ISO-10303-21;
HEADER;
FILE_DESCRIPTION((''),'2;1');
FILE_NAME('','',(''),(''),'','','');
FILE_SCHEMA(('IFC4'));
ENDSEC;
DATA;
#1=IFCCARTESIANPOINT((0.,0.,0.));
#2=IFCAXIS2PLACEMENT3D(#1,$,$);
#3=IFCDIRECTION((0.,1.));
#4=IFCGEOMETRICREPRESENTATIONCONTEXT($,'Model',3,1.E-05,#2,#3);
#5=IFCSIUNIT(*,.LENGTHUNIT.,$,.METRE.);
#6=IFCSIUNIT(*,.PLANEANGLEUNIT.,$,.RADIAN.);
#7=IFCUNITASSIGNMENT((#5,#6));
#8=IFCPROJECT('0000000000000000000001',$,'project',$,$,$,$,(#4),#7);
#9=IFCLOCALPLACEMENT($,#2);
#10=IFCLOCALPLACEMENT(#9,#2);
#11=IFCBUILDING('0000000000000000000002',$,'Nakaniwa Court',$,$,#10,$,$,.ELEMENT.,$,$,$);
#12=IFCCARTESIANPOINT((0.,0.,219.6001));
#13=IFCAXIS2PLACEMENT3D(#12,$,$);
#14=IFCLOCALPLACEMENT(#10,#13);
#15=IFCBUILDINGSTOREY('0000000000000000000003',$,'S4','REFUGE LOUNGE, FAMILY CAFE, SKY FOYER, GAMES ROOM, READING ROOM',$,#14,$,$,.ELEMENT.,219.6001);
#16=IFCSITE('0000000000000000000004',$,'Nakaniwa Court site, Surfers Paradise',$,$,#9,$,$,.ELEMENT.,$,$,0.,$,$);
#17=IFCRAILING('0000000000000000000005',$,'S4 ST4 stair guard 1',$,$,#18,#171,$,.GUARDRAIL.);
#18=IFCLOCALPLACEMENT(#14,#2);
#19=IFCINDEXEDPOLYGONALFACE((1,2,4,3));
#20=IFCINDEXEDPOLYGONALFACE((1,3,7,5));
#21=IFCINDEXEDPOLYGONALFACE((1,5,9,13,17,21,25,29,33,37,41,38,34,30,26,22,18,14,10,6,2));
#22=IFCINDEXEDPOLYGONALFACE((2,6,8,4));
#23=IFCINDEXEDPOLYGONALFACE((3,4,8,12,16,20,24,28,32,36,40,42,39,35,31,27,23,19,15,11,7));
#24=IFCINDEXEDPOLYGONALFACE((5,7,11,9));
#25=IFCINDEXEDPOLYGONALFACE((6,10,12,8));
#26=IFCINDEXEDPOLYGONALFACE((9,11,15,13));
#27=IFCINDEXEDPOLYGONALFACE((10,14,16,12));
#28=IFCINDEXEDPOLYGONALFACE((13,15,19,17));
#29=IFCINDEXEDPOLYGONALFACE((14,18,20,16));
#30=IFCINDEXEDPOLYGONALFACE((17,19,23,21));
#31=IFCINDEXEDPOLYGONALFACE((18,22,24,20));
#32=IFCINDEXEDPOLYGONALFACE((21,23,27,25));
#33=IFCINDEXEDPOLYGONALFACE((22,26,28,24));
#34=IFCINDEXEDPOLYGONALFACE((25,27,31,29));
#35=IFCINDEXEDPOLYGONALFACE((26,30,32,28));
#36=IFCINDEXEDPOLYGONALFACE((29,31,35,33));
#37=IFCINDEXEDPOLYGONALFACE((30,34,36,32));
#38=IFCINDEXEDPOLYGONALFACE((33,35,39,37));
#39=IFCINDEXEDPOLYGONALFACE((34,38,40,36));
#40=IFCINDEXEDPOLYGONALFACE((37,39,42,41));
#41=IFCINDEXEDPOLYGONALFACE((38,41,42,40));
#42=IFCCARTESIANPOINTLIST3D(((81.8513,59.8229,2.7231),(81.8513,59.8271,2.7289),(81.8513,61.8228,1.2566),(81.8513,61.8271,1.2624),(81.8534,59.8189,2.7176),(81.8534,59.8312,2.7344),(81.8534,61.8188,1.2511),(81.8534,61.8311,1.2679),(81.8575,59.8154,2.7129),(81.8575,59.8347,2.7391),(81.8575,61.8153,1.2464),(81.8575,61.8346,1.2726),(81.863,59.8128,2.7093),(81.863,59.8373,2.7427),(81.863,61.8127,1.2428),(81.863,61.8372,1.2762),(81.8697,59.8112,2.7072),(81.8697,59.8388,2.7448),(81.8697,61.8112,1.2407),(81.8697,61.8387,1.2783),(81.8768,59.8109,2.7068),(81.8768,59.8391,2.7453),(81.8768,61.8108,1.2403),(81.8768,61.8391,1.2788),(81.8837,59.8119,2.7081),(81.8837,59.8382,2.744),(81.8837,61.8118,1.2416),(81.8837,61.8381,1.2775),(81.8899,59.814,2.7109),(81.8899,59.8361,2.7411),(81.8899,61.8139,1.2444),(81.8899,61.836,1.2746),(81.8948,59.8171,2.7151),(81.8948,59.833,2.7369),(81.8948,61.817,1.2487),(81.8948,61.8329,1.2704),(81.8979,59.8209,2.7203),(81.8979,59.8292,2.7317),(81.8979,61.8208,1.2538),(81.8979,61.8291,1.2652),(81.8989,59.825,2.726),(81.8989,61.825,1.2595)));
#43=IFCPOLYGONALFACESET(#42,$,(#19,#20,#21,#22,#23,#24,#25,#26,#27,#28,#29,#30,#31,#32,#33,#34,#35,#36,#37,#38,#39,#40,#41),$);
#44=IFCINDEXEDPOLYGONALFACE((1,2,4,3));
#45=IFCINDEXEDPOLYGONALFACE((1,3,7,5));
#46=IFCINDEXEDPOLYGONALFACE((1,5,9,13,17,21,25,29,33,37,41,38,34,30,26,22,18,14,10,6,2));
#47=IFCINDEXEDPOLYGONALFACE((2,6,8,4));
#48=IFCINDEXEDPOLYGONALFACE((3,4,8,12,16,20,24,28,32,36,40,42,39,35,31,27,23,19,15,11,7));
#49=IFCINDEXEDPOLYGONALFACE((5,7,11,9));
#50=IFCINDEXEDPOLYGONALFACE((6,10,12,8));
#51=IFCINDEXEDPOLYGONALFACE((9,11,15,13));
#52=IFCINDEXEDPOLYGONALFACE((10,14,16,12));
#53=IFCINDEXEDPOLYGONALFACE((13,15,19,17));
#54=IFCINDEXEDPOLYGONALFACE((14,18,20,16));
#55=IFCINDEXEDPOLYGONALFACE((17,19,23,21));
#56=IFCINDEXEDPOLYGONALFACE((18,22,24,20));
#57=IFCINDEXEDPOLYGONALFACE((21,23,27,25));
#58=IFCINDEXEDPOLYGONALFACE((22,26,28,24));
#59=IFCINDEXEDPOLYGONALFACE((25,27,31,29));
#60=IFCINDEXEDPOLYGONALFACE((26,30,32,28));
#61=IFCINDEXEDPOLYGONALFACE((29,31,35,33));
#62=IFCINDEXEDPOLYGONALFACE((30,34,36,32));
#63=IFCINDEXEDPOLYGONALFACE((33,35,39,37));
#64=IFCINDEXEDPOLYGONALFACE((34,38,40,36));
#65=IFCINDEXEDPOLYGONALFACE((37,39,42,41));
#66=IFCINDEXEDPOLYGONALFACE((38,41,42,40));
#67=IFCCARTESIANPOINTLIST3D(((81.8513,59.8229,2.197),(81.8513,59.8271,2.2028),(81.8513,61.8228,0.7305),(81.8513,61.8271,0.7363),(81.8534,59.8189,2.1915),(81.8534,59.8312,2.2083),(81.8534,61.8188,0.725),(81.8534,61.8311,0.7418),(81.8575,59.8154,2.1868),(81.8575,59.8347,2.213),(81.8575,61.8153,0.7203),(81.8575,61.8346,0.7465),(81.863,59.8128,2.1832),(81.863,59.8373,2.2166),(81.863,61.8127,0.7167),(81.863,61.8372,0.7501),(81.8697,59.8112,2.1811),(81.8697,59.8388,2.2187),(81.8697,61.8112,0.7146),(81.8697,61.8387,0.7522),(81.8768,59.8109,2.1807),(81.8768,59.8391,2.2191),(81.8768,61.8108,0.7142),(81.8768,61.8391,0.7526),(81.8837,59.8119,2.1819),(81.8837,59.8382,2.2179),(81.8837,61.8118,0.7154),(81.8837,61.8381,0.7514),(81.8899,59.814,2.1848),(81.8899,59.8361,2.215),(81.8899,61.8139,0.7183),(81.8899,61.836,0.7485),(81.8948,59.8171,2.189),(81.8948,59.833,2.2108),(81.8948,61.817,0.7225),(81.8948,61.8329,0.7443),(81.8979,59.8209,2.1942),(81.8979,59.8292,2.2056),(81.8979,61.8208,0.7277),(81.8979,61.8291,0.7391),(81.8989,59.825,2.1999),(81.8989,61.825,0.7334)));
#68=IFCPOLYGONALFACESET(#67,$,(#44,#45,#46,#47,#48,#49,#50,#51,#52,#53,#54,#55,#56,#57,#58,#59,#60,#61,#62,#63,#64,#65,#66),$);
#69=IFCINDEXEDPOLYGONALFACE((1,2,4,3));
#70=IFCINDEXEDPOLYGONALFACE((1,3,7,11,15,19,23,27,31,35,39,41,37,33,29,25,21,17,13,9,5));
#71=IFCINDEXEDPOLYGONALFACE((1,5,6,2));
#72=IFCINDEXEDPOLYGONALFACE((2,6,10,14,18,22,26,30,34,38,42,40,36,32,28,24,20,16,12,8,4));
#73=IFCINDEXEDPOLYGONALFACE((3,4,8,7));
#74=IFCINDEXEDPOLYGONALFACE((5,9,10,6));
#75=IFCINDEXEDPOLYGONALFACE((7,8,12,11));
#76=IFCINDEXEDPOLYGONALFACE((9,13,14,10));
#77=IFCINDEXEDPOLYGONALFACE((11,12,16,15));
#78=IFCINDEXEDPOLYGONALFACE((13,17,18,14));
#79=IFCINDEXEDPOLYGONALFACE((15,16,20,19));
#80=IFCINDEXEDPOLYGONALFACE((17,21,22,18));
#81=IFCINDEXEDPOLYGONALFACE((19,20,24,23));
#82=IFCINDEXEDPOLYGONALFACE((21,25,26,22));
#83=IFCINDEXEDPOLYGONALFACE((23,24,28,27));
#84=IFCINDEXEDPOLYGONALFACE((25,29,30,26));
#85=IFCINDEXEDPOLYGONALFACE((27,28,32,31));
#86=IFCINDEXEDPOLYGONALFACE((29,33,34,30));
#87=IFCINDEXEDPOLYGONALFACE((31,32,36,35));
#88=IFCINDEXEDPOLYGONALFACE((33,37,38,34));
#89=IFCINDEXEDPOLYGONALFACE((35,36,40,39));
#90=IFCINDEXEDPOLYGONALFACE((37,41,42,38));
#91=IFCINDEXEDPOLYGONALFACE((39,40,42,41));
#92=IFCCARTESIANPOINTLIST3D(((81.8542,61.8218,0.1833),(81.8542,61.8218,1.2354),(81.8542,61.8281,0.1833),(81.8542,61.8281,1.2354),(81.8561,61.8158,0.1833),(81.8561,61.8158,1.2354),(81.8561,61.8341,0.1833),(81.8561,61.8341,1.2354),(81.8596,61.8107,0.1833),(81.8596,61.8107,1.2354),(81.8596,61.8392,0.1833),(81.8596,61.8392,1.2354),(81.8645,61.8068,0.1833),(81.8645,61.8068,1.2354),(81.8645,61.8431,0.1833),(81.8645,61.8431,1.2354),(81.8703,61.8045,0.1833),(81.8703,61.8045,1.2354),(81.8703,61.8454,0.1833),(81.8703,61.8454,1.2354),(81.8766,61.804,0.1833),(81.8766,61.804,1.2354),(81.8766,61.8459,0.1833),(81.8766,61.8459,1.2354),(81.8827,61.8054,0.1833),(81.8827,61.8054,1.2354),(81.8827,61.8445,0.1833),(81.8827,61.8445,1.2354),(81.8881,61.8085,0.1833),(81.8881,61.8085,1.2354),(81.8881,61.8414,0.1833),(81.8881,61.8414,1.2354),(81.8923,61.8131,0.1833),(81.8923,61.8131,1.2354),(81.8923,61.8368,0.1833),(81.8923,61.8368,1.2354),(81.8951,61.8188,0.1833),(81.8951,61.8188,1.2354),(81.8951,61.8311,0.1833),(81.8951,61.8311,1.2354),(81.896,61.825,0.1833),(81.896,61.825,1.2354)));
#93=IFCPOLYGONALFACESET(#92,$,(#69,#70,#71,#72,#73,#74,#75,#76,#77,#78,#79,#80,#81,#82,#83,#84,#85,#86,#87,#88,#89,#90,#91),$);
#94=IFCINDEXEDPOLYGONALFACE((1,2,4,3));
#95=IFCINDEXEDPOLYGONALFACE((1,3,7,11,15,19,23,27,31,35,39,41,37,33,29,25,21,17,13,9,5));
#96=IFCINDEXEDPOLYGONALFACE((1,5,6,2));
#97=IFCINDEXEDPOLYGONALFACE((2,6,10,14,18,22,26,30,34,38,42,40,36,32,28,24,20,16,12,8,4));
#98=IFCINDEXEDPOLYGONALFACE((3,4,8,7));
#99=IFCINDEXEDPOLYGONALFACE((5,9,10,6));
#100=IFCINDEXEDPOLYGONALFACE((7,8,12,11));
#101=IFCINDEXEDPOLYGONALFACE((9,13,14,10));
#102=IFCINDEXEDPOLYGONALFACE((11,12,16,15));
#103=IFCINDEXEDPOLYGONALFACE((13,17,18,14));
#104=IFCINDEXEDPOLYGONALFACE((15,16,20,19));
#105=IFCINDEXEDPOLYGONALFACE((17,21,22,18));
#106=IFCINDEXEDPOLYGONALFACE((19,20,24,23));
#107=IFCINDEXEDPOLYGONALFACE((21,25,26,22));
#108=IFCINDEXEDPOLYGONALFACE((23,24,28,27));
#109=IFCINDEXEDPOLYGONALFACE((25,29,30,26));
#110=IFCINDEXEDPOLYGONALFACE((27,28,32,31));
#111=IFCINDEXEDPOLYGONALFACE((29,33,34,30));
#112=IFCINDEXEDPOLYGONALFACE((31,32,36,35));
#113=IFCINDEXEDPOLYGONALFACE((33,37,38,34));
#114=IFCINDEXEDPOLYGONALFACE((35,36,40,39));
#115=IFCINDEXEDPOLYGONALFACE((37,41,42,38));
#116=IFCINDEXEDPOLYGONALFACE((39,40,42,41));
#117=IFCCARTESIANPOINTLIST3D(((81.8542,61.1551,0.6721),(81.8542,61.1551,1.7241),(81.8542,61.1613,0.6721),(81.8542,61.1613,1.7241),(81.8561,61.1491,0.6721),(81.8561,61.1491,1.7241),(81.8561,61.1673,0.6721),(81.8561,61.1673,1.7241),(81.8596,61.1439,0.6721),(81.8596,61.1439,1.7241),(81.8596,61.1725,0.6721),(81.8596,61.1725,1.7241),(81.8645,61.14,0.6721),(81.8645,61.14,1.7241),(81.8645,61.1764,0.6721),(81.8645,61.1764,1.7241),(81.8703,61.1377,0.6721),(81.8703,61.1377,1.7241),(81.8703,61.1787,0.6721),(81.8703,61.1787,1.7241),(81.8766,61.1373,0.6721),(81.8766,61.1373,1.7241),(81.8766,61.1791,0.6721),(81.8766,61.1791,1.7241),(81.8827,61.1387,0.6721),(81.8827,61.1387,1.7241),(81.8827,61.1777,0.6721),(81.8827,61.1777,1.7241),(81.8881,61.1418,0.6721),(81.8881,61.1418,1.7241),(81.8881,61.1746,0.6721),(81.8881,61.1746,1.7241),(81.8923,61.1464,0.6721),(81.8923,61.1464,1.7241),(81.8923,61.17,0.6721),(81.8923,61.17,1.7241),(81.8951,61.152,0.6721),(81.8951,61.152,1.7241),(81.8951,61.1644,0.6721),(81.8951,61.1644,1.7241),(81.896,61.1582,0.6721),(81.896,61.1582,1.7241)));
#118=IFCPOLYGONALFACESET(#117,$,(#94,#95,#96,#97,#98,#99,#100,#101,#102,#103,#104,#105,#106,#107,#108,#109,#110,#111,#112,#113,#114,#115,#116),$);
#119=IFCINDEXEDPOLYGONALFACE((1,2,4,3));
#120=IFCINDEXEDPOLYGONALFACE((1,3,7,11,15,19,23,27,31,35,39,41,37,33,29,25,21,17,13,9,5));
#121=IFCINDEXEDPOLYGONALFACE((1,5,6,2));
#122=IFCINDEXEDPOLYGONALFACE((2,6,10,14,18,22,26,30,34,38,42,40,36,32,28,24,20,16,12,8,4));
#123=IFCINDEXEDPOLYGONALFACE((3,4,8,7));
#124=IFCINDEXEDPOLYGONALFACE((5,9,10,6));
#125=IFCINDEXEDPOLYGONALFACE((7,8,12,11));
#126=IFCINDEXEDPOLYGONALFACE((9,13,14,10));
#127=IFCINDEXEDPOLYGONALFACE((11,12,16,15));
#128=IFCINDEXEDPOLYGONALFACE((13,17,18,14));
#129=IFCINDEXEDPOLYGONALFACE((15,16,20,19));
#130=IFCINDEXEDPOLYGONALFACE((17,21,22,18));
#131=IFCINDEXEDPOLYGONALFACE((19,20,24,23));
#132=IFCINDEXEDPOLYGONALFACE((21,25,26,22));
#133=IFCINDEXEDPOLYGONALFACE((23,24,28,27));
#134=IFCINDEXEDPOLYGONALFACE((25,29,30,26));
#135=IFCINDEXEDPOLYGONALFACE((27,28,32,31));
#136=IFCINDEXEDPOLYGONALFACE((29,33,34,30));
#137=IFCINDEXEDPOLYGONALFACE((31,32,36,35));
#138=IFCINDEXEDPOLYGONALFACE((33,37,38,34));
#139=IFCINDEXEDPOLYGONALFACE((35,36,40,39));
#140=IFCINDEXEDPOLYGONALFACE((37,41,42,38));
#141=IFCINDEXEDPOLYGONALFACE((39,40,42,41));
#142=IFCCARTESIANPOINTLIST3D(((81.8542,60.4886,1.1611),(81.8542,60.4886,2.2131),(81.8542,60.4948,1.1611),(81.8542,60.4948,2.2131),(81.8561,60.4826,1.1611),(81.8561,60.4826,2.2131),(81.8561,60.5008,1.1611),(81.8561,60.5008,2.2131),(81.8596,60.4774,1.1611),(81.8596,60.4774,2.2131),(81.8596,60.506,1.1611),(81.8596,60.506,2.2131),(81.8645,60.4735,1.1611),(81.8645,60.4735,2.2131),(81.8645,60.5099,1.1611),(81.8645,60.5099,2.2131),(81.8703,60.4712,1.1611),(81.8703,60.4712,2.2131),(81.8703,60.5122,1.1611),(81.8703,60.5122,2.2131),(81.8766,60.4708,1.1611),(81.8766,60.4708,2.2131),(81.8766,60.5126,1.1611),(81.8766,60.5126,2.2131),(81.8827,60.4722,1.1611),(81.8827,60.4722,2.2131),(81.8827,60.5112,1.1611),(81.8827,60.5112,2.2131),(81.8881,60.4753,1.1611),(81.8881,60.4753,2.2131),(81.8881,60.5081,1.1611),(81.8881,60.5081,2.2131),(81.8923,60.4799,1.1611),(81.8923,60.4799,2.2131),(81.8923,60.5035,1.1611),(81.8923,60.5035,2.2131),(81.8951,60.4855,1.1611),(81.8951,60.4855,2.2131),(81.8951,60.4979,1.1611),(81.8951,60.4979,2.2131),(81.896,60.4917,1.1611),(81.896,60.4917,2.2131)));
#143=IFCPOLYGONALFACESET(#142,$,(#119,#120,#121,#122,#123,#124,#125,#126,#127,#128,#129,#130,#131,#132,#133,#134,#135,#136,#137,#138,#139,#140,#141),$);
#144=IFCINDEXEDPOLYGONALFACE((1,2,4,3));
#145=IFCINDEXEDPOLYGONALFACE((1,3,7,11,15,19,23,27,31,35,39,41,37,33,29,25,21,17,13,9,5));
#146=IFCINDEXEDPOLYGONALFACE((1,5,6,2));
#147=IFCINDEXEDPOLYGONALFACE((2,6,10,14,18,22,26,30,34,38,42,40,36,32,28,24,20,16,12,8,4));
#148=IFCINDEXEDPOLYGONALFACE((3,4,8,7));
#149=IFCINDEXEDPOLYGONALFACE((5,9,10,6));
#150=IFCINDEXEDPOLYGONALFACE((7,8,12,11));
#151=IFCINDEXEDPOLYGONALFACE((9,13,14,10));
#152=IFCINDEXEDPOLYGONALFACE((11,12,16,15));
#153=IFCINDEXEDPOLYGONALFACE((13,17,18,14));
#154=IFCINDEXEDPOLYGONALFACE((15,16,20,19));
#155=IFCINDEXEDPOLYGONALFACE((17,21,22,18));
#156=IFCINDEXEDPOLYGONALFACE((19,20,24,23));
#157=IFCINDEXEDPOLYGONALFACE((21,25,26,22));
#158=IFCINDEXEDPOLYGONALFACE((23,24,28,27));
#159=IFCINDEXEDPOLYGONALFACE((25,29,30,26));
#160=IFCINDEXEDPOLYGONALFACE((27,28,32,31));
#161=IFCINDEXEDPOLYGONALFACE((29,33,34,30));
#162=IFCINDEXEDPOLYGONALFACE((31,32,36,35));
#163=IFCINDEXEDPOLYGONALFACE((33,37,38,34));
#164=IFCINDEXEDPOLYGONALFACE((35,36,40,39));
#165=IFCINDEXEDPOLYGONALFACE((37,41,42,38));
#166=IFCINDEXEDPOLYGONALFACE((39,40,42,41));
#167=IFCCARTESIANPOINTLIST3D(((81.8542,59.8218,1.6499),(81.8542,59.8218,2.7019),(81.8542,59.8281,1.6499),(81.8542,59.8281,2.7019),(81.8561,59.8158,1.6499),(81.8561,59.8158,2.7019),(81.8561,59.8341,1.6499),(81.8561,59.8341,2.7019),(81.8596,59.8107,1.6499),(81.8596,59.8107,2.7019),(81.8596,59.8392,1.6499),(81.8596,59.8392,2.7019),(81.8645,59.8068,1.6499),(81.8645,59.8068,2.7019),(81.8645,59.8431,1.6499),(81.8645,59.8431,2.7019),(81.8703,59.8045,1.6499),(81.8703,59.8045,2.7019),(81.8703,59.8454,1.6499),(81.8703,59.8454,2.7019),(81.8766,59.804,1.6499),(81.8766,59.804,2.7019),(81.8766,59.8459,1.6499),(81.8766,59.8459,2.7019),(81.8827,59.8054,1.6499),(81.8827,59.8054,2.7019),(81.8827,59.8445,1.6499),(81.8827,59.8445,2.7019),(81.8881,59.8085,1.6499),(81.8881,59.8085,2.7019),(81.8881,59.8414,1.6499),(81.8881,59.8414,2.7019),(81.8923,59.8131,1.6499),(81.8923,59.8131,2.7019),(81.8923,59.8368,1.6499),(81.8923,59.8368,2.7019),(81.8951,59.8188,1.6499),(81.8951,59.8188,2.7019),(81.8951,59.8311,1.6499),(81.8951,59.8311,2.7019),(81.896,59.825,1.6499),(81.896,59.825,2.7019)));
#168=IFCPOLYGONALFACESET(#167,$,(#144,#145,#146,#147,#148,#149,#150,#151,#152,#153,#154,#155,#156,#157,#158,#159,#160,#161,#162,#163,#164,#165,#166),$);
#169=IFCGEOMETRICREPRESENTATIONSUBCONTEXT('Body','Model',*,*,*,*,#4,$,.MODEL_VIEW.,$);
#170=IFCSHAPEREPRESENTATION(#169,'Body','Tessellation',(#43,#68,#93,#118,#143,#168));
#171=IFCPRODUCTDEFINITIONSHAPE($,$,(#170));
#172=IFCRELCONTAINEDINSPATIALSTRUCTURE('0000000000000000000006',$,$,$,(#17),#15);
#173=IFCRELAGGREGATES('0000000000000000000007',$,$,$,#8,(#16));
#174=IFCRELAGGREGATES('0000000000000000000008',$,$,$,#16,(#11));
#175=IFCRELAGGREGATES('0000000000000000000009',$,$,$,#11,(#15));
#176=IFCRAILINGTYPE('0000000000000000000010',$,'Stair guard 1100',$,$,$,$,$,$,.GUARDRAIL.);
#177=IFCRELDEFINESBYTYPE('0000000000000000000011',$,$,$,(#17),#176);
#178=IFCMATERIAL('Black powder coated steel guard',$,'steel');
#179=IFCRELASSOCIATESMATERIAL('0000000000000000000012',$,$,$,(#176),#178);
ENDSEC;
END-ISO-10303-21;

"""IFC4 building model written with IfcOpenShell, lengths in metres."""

from ifc_helpers import new_model, si_unit, direction, frame, origin, origin_2d, place, context, subcontext, project, spatial, circle, extrude, material, type_object, element, save


model = new_model("IFC4")

# Units and contexts
model_context = context("Model", 3, precision=1e-05, world=origin(), true_north=direction((0.0, 1.0)))
body_context = subcontext(model_context, "Body", "Model", "MODEL_VIEW")
ifc_project = project(units=[si_unit("LENGTHUNIT", "METRE"), si_unit("PLANEANGLEUNIT", "RADIAN")], contexts=[model_context])

# Site, building, storey
site_placement = place(None, origin())
site = spatial("IfcSite", under=ifc_project, at=site_placement, Name="Nakaniwa Court site, Surfers Paradise", CompositionType="ELEMENT", RefElevation=0.0)
building_placement = place(site_placement, origin())
building = spatial("IfcBuilding", under=site, at=building_placement, Name="Nakaniwa Court", CompositionType="ELEMENT")
storey_placement = place(building_placement, frame((0.0, 0.0, 219.6001)))
storey = spatial("IfcBuildingStorey", under=building, at=storey_placement, Name="S4", Description="REFUGE LOUNGE, FAMILY CAFE, SKY FOYER, GAMES ROOM, READING ROOM", CompositionType="ELEMENT", Elevation=219.6001)

# Railing
ifc_material_1 = material(Name="Black powder coated steel guard", Category="steel")
railing_type_1 = type_object("IfcRailingType", Name="Stair guard 1100", PredefinedType="GUARDRAIL", material=ifc_material_1)
railing_1_placement = place(storey_placement, frame((81.875, 61.825, 0.1833)))
element("IfcRailing", 1, at=railing_1_placement, inside=storey, type_object=railing_type_1, Name="S4 ST4 stair guard 1", PredefinedType="GUARDRAIL", context=body_context, shape_type="SweptSolid", body=[
    extrude(circle(Radius=0.0239, at=origin_2d()), frame((0.0, 0.0, 1.0762), z_axis=(0.0, -0.806427, 0.591334), x_axis=(1.0, 0.0, 0.0)), (0.0, 0.0, 1.0), 2.48),
    extrude(circle(Radius=0.0239, at=origin_2d()), frame((0.0, 0.0, 0.55), z_axis=(0.0, -0.806427, 0.591334), x_axis=(1.0, 0.0, 0.0)), (0.0, 0.0, 1.0), 2.48),
    extrude(circle(Radius=0.021, at=origin_2d()), origin(), (0.0, 0.0, 1.0), 1.052),
    extrude(circle(Radius=0.021, at=origin_2d()), frame((0.0, -0.6667, 0.4888)), (0.0, 0.0, 1.0), 1.052),
    extrude(circle(Radius=0.021, at=origin_2d()), frame((0.0, -1.3333, 0.9778)), (0.0, 0.0, 1.0), 1.052),
    extrude(circle(Radius=0.021, at=origin_2d()), frame((0.0, -2.0, 1.4666)), (0.0, 0.0, 1.0), 1.052),
])

save(model, "model.ifc")
